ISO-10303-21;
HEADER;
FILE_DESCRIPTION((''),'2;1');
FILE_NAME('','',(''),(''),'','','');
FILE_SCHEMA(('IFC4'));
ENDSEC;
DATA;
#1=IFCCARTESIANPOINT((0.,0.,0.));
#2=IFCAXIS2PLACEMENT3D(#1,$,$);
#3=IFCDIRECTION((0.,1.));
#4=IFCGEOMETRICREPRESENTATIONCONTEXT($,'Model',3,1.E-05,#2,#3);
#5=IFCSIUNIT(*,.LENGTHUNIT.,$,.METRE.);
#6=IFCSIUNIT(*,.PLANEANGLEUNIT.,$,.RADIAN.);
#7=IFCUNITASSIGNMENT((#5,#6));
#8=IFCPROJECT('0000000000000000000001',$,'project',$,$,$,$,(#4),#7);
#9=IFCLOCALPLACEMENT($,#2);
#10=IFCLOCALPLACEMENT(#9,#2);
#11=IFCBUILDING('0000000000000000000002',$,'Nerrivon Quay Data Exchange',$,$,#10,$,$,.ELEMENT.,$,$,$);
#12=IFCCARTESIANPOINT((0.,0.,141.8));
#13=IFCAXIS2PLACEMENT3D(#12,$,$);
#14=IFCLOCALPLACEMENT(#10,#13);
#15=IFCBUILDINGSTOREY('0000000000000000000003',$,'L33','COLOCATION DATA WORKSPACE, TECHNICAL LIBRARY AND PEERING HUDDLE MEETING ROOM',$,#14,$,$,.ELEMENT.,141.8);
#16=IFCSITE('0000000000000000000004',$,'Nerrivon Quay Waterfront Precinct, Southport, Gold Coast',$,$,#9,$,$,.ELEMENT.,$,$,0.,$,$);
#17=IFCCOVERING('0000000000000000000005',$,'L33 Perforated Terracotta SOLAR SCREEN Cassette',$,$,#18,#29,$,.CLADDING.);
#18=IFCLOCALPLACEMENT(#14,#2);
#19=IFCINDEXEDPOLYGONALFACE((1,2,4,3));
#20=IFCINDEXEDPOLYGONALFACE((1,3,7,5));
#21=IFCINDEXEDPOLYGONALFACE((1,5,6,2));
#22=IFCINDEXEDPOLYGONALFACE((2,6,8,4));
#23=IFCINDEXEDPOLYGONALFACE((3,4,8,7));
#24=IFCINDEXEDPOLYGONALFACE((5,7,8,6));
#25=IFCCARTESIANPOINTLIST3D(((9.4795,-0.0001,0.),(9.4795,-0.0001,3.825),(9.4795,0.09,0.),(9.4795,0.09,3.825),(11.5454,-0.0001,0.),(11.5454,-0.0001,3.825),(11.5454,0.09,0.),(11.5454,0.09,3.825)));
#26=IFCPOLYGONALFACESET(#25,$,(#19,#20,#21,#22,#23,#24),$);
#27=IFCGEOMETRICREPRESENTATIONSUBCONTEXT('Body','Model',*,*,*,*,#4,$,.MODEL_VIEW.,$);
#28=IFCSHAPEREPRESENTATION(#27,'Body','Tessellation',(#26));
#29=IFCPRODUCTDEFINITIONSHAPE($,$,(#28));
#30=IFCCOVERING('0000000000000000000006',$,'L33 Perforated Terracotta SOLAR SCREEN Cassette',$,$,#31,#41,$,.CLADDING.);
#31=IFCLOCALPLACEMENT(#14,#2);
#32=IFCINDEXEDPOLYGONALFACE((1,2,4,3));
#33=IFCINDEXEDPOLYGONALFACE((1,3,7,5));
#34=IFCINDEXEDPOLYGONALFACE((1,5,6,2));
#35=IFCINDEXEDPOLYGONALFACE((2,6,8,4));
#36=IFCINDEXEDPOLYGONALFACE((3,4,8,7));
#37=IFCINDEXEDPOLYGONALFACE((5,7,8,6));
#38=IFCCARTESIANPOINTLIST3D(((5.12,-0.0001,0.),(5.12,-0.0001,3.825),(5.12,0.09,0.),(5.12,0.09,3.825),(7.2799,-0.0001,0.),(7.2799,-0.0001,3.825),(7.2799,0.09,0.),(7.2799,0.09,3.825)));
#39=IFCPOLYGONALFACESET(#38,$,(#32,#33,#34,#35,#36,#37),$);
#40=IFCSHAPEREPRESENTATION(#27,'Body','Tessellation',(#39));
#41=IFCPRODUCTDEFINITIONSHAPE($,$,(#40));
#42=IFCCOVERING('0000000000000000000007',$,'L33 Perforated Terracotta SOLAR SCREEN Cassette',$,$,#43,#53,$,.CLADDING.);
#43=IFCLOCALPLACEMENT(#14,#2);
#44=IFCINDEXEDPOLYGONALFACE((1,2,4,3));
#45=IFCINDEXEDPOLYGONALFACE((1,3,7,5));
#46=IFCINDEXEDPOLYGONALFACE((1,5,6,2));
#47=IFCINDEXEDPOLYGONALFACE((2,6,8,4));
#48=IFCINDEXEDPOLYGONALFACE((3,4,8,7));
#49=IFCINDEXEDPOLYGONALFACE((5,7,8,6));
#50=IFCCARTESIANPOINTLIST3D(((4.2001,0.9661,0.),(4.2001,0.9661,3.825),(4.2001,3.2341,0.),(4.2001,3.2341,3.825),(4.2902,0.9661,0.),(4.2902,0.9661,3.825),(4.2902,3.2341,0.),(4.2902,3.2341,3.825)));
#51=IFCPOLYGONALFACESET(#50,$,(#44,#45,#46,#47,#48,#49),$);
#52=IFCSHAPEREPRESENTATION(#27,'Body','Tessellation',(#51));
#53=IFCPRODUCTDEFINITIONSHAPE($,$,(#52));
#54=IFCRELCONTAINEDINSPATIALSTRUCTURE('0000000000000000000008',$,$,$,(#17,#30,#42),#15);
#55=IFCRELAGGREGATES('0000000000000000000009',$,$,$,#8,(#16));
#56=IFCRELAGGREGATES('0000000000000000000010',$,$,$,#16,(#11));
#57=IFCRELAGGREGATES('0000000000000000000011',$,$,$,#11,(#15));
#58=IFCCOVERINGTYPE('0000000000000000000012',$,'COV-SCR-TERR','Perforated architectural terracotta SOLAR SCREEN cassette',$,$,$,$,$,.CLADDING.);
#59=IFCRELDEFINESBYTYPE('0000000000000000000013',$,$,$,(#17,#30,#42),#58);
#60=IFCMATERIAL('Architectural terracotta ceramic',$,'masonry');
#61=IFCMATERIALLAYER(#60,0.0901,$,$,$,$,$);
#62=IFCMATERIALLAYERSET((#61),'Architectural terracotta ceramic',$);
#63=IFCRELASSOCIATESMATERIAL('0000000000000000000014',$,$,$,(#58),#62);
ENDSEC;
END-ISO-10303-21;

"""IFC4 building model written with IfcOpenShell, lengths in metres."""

from ifc_helpers import new_model, si_unit, direction, frame, origin, origin_2d, place, context, subcontext, project, spatial, rectangle, extrude, material, layer, layer_set, type_object, element, save


model = new_model("IFC4")

# Units and contexts
model_context = context("Model", 3, precision=1e-05, world=origin(), true_north=direction((0.0, 1.0)))
body_context = subcontext(model_context, "Body", "Model", "MODEL_VIEW")
ifc_project = project(units=[si_unit("LENGTHUNIT", "METRE"), si_unit("PLANEANGLEUNIT", "RADIAN")], contexts=[model_context])

# Site, building, storey
site_placement = place(None, origin())
site = spatial("IfcSite", under=ifc_project, at=site_placement, Name="Nerrivon Quay Waterfront Precinct, Southport, Gold Coast", CompositionType="ELEMENT", RefElevation=0.0)
building_placement = place(site_placement, origin())
building = spatial("IfcBuilding", under=site, at=building_placement, Name="Nerrivon Quay Data Exchange", CompositionType="ELEMENT")
storey_placement = place(building_placement, frame((0.0, 0.0, 141.8)))
storey = spatial("IfcBuildingStorey", under=building, at=storey_placement, Name="L33", Description="COLOCATION DATA WORKSPACE, TECHNICAL LIBRARY AND PEERING HUDDLE MEETING ROOM", CompositionType="ELEMENT", Elevation=141.8)

# Coverings
ifc_material_1 = material(Name="Architectural terracotta ceramic", Category="masonry")
ifc_layer_1 = layer(ifc_material_1, 0.0901)
ifc_layer_set_1 = layer_set([ifc_layer_1], Name="Architectural terracotta ceramic")
covering_type = type_object("IfcCoveringType", Name="COV-SCR-TERR", Description="Perforated architectural terracotta SOLAR SCREEN cassette", PredefinedType="CLADDING", material=ifc_layer_set_1)
for number, where, z_axis, x_axis, name in (
    (1, (10.5125, 0.0449, 0.0), (0.0, 0.0, 1.0), (-1.0, 0.0, 0.0), "L33 Perforated Terracotta SOLAR SCREEN Cassette"),
):
    element("IfcCovering", number, at=place(storey_placement, frame(where, z_axis=z_axis, x_axis=x_axis)), inside=storey, type_object=covering_type, Name=name, PredefinedType="CLADDING", context=body_context, shape_type="SweptSolid", body=[
        extrude(rectangle(XDim=2.0659, YDim=0.0901, at=origin_2d()), origin(), (0.0, 0.0, 1.0), 3.825),
    ])
covering_1_placement = place(storey_placement, frame((6.2, 0.0449, 0.0), z_axis=(0.0, 0.0, 1.0), x_axis=(-1.0, 0.0, 0.0)))
element("IfcCovering", 2, at=covering_1_placement, inside=storey, type_object=covering_type, Name="L33 Perforated Terracotta SOLAR SCREEN Cassette", PredefinedType="CLADDING", context=body_context, shape_type="SweptSolid", body=[
    extrude(rectangle(XDim=2.1599, YDim=0.0901, at=origin_2d()), origin(), (0.0, 0.0, 1.0), 3.825),
])
covering_2_placement = place(storey_placement, frame((4.2451, 2.1001, 0.0), z_axis=(0.0, 0.0, 1.0), x_axis=(0.0, 1.0, 0.0)))
element("IfcCovering", 3, at=covering_2_placement, inside=storey, type_object=covering_type, Name="L33 Perforated Terracotta SOLAR SCREEN Cassette", PredefinedType="CLADDING", context=body_context, shape_type="SweptSolid", body=[
    extrude(rectangle(XDim=2.2681, YDim=0.0901, at=origin_2d()), origin(), (0.0, 0.0, 1.0), 3.825),
])

save(model, "model.ifc")
